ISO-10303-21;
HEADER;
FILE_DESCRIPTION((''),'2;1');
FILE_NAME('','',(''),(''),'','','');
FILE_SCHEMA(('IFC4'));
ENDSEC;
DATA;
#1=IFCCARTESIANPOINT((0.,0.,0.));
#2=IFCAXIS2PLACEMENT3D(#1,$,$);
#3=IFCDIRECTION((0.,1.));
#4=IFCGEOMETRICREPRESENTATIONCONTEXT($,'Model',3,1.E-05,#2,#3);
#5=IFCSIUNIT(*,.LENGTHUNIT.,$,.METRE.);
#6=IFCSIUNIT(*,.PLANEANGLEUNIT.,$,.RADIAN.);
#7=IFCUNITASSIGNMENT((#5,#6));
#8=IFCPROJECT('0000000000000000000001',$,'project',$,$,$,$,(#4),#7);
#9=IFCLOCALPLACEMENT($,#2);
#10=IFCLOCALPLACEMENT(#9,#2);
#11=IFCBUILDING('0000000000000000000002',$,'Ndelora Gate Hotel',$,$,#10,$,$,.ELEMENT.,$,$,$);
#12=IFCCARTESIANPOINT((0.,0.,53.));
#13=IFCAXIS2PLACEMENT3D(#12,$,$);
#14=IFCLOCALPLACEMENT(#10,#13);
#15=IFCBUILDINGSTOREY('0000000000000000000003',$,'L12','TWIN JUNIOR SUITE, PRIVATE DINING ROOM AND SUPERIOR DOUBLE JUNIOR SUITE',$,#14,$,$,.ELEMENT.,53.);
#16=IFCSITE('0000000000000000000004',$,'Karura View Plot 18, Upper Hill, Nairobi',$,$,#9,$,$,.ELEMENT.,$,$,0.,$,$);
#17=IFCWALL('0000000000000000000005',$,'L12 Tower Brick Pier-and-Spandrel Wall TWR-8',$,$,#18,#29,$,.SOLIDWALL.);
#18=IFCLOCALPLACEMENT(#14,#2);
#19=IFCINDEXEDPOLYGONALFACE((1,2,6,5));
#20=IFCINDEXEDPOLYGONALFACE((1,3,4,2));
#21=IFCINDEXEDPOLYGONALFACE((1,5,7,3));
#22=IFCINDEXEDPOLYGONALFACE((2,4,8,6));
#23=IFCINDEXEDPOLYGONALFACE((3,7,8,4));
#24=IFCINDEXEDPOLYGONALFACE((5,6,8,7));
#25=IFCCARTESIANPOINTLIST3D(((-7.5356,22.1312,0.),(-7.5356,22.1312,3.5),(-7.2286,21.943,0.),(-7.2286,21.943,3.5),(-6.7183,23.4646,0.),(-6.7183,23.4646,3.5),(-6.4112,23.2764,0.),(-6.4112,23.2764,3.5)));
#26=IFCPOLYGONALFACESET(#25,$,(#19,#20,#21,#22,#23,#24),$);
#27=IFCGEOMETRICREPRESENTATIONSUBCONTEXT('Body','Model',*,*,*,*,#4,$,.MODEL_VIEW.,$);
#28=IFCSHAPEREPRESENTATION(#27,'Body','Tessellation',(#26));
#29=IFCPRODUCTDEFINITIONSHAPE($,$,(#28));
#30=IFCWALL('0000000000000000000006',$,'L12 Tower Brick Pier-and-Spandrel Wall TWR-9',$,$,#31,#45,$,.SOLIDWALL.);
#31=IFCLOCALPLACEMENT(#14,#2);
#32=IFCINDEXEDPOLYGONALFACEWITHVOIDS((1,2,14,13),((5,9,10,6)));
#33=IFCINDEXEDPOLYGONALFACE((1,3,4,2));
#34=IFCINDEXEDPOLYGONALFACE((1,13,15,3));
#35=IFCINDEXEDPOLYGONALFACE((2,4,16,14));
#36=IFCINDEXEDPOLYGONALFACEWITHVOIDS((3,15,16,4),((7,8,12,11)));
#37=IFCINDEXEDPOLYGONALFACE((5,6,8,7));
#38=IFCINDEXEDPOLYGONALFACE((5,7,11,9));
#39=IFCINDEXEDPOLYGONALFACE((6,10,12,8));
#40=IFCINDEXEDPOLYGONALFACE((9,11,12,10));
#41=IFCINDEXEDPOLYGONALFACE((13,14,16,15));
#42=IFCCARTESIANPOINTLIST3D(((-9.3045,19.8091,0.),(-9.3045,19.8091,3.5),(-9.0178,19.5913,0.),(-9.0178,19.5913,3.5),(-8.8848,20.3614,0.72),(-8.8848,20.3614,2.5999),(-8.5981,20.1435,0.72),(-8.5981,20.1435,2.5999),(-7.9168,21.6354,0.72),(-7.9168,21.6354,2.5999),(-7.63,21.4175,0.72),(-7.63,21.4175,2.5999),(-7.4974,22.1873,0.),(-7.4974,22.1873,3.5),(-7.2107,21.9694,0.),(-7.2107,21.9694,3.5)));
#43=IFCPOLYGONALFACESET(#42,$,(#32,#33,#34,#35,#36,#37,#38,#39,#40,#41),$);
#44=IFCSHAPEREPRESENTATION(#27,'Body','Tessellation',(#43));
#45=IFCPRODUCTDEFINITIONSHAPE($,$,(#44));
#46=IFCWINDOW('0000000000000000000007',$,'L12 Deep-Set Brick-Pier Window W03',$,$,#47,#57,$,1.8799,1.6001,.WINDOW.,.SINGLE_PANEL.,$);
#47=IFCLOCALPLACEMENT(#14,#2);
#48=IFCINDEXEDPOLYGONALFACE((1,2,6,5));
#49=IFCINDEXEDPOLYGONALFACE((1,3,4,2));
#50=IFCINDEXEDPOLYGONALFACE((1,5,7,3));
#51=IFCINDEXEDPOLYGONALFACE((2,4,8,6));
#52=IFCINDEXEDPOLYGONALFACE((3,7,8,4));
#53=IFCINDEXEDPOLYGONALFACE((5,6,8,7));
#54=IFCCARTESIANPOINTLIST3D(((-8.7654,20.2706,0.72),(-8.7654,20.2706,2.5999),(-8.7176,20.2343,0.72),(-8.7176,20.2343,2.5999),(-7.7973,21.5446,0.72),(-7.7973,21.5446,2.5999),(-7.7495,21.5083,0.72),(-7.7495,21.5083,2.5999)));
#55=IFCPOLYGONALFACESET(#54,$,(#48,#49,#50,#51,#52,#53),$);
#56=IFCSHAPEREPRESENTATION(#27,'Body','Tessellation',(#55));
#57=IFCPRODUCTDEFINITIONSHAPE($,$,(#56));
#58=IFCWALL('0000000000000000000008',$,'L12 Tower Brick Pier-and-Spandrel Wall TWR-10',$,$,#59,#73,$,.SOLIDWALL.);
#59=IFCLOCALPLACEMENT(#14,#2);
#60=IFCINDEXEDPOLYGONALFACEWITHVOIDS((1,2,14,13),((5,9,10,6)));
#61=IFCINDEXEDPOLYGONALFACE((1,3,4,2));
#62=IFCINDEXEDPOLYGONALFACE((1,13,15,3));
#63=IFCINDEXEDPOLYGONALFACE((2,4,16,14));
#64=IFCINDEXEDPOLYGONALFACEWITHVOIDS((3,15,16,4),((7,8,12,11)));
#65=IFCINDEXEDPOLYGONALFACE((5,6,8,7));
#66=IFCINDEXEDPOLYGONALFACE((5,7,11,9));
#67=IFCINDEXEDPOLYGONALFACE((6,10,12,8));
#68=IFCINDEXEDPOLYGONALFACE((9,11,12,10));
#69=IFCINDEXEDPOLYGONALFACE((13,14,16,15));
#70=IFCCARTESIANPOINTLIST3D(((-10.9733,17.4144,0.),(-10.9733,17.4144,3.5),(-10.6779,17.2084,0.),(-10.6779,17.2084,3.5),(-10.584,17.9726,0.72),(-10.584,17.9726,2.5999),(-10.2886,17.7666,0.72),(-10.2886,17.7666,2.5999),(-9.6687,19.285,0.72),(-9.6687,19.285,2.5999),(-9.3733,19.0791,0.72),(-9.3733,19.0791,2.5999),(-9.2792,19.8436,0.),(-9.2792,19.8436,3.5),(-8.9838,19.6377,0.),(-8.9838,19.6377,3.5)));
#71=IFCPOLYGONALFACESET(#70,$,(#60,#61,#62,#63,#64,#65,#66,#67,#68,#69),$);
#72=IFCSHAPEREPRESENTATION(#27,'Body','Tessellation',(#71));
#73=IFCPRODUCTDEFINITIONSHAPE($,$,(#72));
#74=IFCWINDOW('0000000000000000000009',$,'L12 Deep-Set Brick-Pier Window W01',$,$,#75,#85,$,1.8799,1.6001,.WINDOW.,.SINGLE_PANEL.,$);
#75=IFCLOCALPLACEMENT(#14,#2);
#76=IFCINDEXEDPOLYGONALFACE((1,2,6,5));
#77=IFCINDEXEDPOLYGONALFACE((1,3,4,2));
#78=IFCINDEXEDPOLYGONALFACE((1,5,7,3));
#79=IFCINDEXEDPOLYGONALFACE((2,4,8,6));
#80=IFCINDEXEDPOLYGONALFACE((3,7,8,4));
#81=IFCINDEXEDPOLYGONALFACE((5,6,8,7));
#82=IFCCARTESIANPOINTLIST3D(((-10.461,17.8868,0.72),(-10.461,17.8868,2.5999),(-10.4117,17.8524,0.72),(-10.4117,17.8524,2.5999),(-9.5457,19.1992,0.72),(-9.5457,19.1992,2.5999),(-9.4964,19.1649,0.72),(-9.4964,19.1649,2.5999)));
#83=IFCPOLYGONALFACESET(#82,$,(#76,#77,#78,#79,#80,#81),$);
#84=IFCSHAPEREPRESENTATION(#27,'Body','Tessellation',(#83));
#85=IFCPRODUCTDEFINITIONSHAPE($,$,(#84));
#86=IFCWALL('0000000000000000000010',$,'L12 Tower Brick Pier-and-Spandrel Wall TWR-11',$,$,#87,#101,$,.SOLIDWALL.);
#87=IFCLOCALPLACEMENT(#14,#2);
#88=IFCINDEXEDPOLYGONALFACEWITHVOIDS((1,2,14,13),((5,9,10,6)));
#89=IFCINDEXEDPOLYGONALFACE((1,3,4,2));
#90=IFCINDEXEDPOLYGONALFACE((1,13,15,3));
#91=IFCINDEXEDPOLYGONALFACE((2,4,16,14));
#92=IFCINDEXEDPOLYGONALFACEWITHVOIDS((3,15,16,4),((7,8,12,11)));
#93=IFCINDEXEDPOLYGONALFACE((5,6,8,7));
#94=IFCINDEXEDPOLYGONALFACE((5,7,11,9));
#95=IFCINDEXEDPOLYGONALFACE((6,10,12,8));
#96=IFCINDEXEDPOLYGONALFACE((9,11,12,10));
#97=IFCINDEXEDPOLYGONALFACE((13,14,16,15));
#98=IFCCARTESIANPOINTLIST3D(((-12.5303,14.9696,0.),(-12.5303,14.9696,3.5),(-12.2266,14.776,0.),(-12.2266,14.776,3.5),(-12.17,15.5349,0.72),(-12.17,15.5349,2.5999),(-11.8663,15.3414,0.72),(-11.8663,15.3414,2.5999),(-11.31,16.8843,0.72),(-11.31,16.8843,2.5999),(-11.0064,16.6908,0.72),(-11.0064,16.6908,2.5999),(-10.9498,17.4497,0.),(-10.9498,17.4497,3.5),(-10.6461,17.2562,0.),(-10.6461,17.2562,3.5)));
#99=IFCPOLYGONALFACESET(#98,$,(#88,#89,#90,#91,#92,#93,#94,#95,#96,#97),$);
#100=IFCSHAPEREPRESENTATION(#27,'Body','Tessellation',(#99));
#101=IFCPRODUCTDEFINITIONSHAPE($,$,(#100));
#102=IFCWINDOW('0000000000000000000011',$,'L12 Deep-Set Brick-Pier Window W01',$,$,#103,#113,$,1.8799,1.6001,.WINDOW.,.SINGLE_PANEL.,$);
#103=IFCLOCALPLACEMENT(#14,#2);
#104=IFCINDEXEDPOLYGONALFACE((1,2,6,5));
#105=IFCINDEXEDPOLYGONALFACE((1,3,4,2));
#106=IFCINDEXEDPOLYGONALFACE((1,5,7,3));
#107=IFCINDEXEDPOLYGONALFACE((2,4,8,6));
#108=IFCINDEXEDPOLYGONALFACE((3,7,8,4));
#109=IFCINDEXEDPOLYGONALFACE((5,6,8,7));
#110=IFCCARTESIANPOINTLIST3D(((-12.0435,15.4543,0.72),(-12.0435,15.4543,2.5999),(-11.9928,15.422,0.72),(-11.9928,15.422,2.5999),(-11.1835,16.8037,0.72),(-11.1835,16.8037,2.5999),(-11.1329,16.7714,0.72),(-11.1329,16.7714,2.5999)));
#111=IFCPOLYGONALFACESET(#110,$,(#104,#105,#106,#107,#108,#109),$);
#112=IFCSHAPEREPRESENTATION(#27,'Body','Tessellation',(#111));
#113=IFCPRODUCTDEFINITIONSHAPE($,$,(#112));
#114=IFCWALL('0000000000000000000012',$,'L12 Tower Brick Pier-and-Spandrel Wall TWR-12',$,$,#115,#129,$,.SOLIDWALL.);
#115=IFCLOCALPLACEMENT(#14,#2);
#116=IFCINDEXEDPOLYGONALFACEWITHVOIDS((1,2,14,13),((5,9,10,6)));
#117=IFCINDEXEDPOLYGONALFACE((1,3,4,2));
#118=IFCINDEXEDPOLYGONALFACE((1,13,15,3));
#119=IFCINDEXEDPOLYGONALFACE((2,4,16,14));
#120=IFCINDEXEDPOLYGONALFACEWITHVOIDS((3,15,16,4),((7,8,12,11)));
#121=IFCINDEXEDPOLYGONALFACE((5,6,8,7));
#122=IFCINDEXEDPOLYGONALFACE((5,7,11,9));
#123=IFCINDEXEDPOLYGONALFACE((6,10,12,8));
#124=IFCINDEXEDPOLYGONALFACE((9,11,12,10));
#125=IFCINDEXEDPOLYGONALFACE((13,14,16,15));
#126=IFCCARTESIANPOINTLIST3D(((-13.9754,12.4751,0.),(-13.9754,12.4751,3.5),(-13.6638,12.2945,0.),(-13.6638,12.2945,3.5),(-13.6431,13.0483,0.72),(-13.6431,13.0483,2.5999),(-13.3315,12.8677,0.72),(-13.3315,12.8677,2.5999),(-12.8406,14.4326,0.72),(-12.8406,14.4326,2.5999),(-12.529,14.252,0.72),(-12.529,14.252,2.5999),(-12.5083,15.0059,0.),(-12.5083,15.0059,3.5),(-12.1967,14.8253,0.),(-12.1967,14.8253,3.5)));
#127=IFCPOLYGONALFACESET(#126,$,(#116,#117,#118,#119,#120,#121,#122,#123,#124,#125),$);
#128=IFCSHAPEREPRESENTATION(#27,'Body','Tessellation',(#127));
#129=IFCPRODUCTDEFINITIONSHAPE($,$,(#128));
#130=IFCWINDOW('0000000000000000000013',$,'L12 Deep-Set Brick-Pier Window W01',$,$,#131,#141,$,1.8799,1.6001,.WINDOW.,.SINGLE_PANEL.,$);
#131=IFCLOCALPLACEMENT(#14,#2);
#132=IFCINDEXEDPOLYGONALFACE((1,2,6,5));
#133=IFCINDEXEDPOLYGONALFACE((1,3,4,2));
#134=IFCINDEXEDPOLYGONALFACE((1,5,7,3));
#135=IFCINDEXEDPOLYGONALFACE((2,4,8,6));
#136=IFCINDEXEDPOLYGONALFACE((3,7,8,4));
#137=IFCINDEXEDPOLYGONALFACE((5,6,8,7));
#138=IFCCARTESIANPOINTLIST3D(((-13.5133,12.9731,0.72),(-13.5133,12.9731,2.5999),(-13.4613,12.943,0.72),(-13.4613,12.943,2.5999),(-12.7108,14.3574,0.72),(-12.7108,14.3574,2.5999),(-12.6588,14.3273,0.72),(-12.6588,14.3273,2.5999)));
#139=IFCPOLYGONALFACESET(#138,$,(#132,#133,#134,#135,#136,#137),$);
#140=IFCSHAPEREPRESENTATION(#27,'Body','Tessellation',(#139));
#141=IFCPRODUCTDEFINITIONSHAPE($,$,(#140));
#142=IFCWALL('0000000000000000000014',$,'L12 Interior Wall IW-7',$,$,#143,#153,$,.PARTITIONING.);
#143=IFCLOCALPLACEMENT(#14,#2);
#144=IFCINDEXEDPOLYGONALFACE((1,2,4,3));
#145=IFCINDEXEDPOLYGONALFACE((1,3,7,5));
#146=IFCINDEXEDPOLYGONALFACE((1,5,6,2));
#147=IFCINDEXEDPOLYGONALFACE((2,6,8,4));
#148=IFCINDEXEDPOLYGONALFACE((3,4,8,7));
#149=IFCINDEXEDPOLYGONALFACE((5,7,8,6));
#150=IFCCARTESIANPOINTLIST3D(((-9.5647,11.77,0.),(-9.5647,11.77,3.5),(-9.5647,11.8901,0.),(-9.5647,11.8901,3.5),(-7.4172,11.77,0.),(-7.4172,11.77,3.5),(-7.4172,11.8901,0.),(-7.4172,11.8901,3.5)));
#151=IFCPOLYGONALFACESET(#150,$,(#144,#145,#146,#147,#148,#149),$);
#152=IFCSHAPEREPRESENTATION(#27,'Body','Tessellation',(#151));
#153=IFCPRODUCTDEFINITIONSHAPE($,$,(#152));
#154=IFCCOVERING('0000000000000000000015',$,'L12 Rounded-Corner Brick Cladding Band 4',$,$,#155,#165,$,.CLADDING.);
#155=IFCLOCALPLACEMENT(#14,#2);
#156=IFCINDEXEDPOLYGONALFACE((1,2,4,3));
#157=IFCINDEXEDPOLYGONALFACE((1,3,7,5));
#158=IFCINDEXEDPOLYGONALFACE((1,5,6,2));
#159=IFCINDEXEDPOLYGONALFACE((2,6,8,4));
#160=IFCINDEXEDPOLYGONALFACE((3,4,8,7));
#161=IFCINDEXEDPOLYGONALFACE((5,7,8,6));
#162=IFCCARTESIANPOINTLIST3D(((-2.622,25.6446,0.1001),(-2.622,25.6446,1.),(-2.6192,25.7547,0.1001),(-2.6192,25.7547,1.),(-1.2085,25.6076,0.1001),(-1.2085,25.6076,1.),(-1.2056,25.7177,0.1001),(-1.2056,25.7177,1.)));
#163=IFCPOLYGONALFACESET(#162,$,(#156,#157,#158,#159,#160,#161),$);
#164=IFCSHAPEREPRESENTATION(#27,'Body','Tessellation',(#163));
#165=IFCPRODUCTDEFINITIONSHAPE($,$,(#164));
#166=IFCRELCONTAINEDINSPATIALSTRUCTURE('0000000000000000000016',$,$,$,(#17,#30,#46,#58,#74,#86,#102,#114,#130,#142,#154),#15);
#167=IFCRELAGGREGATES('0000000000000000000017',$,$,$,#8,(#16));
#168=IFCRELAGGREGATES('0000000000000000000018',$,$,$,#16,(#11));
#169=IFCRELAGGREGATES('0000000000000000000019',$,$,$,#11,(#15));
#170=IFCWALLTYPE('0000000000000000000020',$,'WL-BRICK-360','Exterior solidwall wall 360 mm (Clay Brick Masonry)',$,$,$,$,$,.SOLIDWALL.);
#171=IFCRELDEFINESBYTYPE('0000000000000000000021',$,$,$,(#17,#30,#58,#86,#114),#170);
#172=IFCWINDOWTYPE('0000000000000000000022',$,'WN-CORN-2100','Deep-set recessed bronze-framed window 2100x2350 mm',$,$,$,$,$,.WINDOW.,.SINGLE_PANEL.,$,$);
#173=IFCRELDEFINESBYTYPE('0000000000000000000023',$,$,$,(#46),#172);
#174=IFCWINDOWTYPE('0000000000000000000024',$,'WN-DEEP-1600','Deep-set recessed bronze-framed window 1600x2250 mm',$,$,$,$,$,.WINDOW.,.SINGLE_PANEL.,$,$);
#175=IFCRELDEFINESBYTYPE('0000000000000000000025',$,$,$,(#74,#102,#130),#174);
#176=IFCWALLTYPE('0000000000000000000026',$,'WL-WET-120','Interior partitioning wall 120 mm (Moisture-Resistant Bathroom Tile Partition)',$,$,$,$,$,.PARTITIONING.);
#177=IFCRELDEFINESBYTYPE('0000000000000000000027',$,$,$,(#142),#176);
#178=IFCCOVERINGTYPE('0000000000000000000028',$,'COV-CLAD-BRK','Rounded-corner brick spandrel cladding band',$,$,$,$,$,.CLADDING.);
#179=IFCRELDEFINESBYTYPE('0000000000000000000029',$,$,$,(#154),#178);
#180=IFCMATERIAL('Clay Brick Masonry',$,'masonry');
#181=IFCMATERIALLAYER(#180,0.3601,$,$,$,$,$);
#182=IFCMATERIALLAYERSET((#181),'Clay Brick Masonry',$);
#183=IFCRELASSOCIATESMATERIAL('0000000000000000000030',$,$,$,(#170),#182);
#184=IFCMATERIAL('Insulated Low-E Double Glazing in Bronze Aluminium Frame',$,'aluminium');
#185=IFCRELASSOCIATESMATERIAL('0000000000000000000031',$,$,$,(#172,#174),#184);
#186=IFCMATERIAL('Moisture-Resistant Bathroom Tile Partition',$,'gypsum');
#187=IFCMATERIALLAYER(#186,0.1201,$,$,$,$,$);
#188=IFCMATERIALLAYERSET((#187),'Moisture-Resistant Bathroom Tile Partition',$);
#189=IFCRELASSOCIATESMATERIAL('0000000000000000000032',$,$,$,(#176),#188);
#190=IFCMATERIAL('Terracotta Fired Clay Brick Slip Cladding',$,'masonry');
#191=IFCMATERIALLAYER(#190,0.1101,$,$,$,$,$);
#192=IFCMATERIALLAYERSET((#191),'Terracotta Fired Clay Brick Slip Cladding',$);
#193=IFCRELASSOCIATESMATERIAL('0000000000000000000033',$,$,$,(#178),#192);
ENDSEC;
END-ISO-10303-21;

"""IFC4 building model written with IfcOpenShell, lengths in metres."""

from ifc_helpers import new_model, si_unit, direction, frame, frame_2d, origin, origin_2d, place, context, subcontext, project, spatial, rectangle, extrude, material, layer, layer_set, type_object, element, fill, save


model = new_model("IFC4")

# Units and contexts
model_context = context("Model", 3, precision=1e-05, world=origin(), true_north=direction((0.0, 1.0)))
body_context = subcontext(model_context, "Body", "Model", "MODEL_VIEW")
ifc_project = project(units=[si_unit("LENGTHUNIT", "METRE"), si_unit("PLANEANGLEUNIT", "RADIAN")], contexts=[model_context])

# Site, building, storey
site_placement = place(None, origin())
site = spatial("IfcSite", under=ifc_project, at=site_placement, Name="Karura View Plot 18, Upper Hill, Nairobi", CompositionType="ELEMENT", RefElevation=0.0)
building_placement = place(site_placement, origin())
building = spatial("IfcBuilding", under=site, at=building_placement, Name="Ndelora Gate Hotel", CompositionType="ELEMENT")
storey_placement = place(building_placement, frame((0.0, 0.0, 53.0)))
storey = spatial("IfcBuildingStorey", under=building, at=storey_placement, Name="L12", Description="TWIN JUNIOR SUITE, PRIVATE DINING ROOM AND SUPERIOR DOUBLE JUNIOR SUITE", CompositionType="ELEMENT", Elevation=53.0)

# Wall
ifc_material_1 = material(Name="Clay Brick Masonry", Category="masonry")
ifc_layer_1 = layer(ifc_material_1, 0.3601)
ifc_layer_set_1 = layer_set([ifc_layer_1], Name="Clay Brick Masonry")
wall_type_1 = type_object("IfcWallType", Name="WL-BRICK-360", Description="Exterior solidwall wall 360 mm (Clay Brick Masonry)", PredefinedType="SOLIDWALL", material=ifc_layer_set_1)
for number, where, z_axis, x_axis, name in (
    (1, (-7.3821, 22.0371, 0.0), (0.0, 0.0, 1.0), (0.522599, 0.852579, 0.0), "L12 Tower Brick Pier-and-Spandrel Wall TWR-8"),
):
    element("IfcWall", number, at=place(storey_placement, frame(where, z_axis=z_axis, x_axis=x_axis)), inside=storey, type_object=wall_type_1, Name=name, PredefinedType="SOLIDWALL", context=body_context, shape_type="SweptSolid", body=[
        extrude(rectangle(XDim=1.564, YDim=0.3601, at=frame_2d((0.782, 0.0))), origin(), (0.0, 0.0, 1.0), 3.5),
    ])

# Walls, openings, windows
wall_1_placement = place(storey_placement, frame((-9.1611, 19.7002, 0.0), z_axis=(0.0, 0.0, 1.0), x_axis=(0.605023, 0.796208, 0.0)))
wall_1 = element("IfcWall", 2, at=wall_1_placement, inside=storey, type_object=wall_type_1, Name="L12 Tower Brick Pier-and-Spandrel Wall TWR-9", PredefinedType="SOLIDWALL", context=body_context, shape_type="SweptSolid", body=[
    extrude(rectangle(XDim=2.9868, YDim=0.3601, at=frame_2d((1.4934, 0.0))), origin(), (0.0, 0.0, 1.0), 3.5),
])
opening_1_placement = place(wall_1_placement, frame((0.6936, 0.0, 0.72)))
opening_1 = element("IfcOpeningElement", 3, at=opening_1_placement, cuts=wall_1, PredefinedType="OPENING", context=body_context, shape_type="SweptSolid", body=[
    extrude(rectangle(XDim=1.6001, YDim=1.8799, at=frame_2d((0.8, 0.9399))), frame((0.0, 0.1899, 0.0), z_axis=(0.0, -1.0, 0.0), x_axis=(1.0, 0.0, 0.0)), (0.0, 0.0, 1.0), 0.3801),
])
ifc_material_2 = material(Name="Insulated Low-E Double Glazing in Bronze Aluminium Frame", Category="aluminium")
window_type_1 = type_object("IfcWindowType", Name="WN-CORN-2100", Description="Deep-set recessed bronze-framed window 2100x2350 mm", PartitioningType="SINGLE_PANEL", PredefinedType="WINDOW", material=ifc_material_2)
window_1_placement = place(opening_1_placement, origin())
window_1 = element("IfcWindow", 4, at=window_1_placement, inside=storey, type_object=window_type_1, Name="L12 Deep-Set Brick-Pier Window W03", OverallHeight=1.8799, OverallWidth=1.6001, PartitioningType="SINGLE_PANEL", PredefinedType="WINDOW", context=body_context, shape_type="SweptSolid", body=[
    extrude(rectangle(XDim=1.6001, YDim=1.8799, at=frame_2d((0.8, 0.9399))), frame((0.0, 0.03, 0.0), z_axis=(0.0, -1.0, 0.0), x_axis=(1.0, 0.0, 0.0)), (0.0, 0.0, 1.0), 0.0601),
])
fill(opening_1, window_1)
wall_2_placement = place(storey_placement, frame((-10.8257, 17.3113, 0.0), z_axis=(0.0, 0.0, 1.0), x_axis=(0.572023, 0.820238, 0.0)))
wall_2 = element("IfcWall", 5, at=wall_2_placement, inside=storey, type_object=wall_type_1, Name="L12 Tower Brick Pier-and-Spandrel Wall TWR-10", PredefinedType="SOLIDWALL", context=body_context, shape_type="SweptSolid", body=[
    extrude(rectangle(XDim=2.9617, YDim=0.3601, at=frame_2d((1.481, 0.0))), origin(), (0.0, 0.0, 1.0), 3.5),
])
opening_2_placement = place(wall_2_placement, frame((0.6807, 0.0, 0.72)))
opening_2 = element("IfcOpeningElement", 6, at=opening_2_placement, cuts=wall_2, PredefinedType="OPENING", context=body_context, shape_type="SweptSolid", body=[
    extrude(rectangle(XDim=1.6001, YDim=1.8799, at=frame_2d((0.8, 0.9399))), frame((0.0, 0.1899, 0.0), z_axis=(0.0, -1.0, 0.0), x_axis=(1.0, 0.0, 0.0)), (0.0, 0.0, 1.0), 0.3801),
])
window_type_2 = type_object("IfcWindowType", Name="WN-DEEP-1600", Description="Deep-set recessed bronze-framed window 1600x2250 mm", PartitioningType="SINGLE_PANEL", PredefinedType="WINDOW", material=ifc_material_2)
window_2_placement = place(opening_2_placement, origin())
window_2 = element("IfcWindow", 7, at=window_2_placement, inside=storey, type_object=window_type_2, Name="L12 Deep-Set Brick-Pier Window W01", OverallHeight=1.8799, OverallWidth=1.6001, PartitioningType="SINGLE_PANEL", PredefinedType="WINDOW", context=body_context, shape_type="SweptSolid", body=[
    extrude(rectangle(XDim=1.6001, YDim=1.8799, at=frame_2d((0.8, 0.9399))), frame((0.0, 0.03, 0.0), z_axis=(0.0, -1.0, 0.0), x_axis=(1.0, 0.0, 0.0)), (0.0, 0.0, 1.0), 0.0601),
])
fill(opening_2, window_2)
wall_3_placement = place(storey_placement, frame((-12.3784, 14.8728, 0.0), z_axis=(0.0, 0.0, 1.0), x_axis=(0.537418, 0.843316, 0.0)))
wall_3 = element("IfcWall", 8, at=wall_3_placement, inside=storey, type_object=wall_type_1, Name="L12 Tower Brick Pier-and-Spandrel Wall TWR-11", PredefinedType="SOLIDWALL", context=body_context, shape_type="SweptSolid", body=[
    extrude(rectangle(XDim=2.9409, YDim=0.3601, at=frame_2d((1.4705, 0.0))), origin(), (0.0, 0.0, 1.0), 3.5),
])
opening_3_placement = place(wall_3_placement, frame((0.6704, 0.0, 0.72)))
opening_3 = element("IfcOpeningElement", 9, at=opening_3_placement, cuts=wall_3, PredefinedType="OPENING", context=body_context, shape_type="SweptSolid", body=[
    extrude(rectangle(XDim=1.6001, YDim=1.8799, at=frame_2d((0.8, 0.9399))), frame((0.0, 0.1899, 0.0), z_axis=(0.0, -1.0, 0.0), x_axis=(1.0, 0.0, 0.0)), (0.0, 0.0, 1.0), 0.3801),
])
window_3_placement = place(opening_3_placement, origin())
window_3 = element("IfcWindow", 10, at=window_3_placement, inside=storey, type_object=window_type_2, Name="L12 Deep-Set Brick-Pier Window W01", OverallHeight=1.8799, OverallWidth=1.6001, PartitioningType="SINGLE_PANEL", PredefinedType="WINDOW", context=body_context, shape_type="SweptSolid", body=[
    extrude(rectangle(XDim=1.6001, YDim=1.8799, at=frame_2d((0.8, 0.9399))), frame((0.0, 0.03, 0.0), z_axis=(0.0, -1.0, 0.0), x_axis=(1.0, 0.0, 0.0)), (0.0, 0.0, 1.0), 0.0601),
])
fill(opening_3, window_3)
wall_4_placement = place(storey_placement, frame((-13.8196, 12.3848, 0.0), z_axis=(0.0, 0.0, 1.0), x_axis=(0.501513, 0.86515, 0.0)))
wall_4 = element("IfcWall", 11, at=wall_4_placement, inside=storey, type_object=wall_type_1, Name="L12 Tower Brick Pier-and-Spandrel Wall TWR-12", PredefinedType="SOLIDWALL", context=body_context, shape_type="SweptSolid", body=[
    extrude(rectangle(XDim=2.9253, YDim=0.3601, at=frame_2d((1.4626, 0.0))), origin(), (0.0, 0.0, 1.0), 3.5),
])
opening_4_placement = place(wall_4_placement, frame((0.6626, 0.0, 0.72)))
opening_4 = element("IfcOpeningElement", 12, at=opening_4_placement, cuts=wall_4, PredefinedType="OPENING", context=body_context, shape_type="SweptSolid", body=[
    extrude(rectangle(XDim=1.6001, YDim=1.8799, at=frame_2d((0.8, 0.9399))), frame((0.0, 0.1899, 0.0), z_axis=(0.0, -1.0, 0.0), x_axis=(1.0, 0.0, 0.0)), (0.0, 0.0, 1.0), 0.3801),
])
window_4_placement = place(opening_4_placement, origin())
window_4 = element("IfcWindow", 13, at=window_4_placement, inside=storey, type_object=window_type_2, Name="L12 Deep-Set Brick-Pier Window W01", OverallHeight=1.8799, OverallWidth=1.6001, PartitioningType="SINGLE_PANEL", PredefinedType="WINDOW", context=body_context, shape_type="SweptSolid", body=[
    extrude(rectangle(XDim=1.6001, YDim=1.8799, at=frame_2d((0.8, 0.9399))), frame((0.0, 0.03, 0.0), z_axis=(0.0, -1.0, 0.0), x_axis=(1.0, 0.0, 0.0)), (0.0, 0.0, 1.0), 0.0601),
])
fill(opening_4, window_4)

# Wall
ifc_material_3 = material(Name="Moisture-Resistant Bathroom Tile Partition", Category="gypsum")
ifc_layer_2 = layer(ifc_material_3, 0.1201)
ifc_layer_set_2 = layer_set([ifc_layer_2], Name="Moisture-Resistant Bathroom Tile Partition")
wall_type_2 = type_object("IfcWallType", Name="WL-WET-120", Description="Interior partitioning wall 120 mm (Moisture-Resistant Bathroom Tile Partition)", PredefinedType="PARTITIONING", material=ifc_layer_set_2)
wall_5_placement = place(storey_placement, frame((-7.4172, 11.8301, 0.0), z_axis=(0.0, 0.0, 1.0), x_axis=(-1.0, 0.0, 0.0)))
element("IfcWall", 14, at=wall_5_placement, inside=storey, type_object=wall_type_2, Name="L12 Interior Wall IW-7", PredefinedType="PARTITIONING", context=body_context, shape_type="SweptSolid", body=[
    extrude(rectangle(XDim=2.1475, YDim=0.1201, at=frame_2d((1.0737, 0.0))), origin(), (0.0, 0.0, 1.0), 3.5),
])

# Covering
ifc_material_4 = material(Name="Terracotta Fired Clay Brick Slip Cladding", Category="masonry")
ifc_layer_3 = layer(ifc_material_4, 0.1101)
ifc_layer_set_3 = layer_set([ifc_layer_3], Name="Terracotta Fired Clay Brick Slip Cladding")
covering_type_1 = type_object("IfcCoveringType", Name="COV-CLAD-BRK", Description="Rounded-corner brick spandrel cladding band", PredefinedType="CLADDING", material=ifc_layer_set_3)
for number, where, z_axis, x_axis, name in (
    (15, (-1.9138, 25.6812, 0.1001), (0.0, 0.0, 1.0), (-0.999657, 0.026177, 0.0), "L12 Rounded-Corner Brick Cladding Band 4"),
):
    element("IfcCovering", number, at=place(storey_placement, frame(where, z_axis=z_axis, x_axis=x_axis)), inside=storey, type_object=covering_type_1, Name=name, PredefinedType="CLADDING", context=body_context, shape_type="SweptSolid", body=[
        extrude(rectangle(XDim=1.4141, YDim=0.1101, at=origin_2d()), origin(), (0.0, 0.0, 1.0), 0.8999),
    ])

save(model, "model.ifc")
